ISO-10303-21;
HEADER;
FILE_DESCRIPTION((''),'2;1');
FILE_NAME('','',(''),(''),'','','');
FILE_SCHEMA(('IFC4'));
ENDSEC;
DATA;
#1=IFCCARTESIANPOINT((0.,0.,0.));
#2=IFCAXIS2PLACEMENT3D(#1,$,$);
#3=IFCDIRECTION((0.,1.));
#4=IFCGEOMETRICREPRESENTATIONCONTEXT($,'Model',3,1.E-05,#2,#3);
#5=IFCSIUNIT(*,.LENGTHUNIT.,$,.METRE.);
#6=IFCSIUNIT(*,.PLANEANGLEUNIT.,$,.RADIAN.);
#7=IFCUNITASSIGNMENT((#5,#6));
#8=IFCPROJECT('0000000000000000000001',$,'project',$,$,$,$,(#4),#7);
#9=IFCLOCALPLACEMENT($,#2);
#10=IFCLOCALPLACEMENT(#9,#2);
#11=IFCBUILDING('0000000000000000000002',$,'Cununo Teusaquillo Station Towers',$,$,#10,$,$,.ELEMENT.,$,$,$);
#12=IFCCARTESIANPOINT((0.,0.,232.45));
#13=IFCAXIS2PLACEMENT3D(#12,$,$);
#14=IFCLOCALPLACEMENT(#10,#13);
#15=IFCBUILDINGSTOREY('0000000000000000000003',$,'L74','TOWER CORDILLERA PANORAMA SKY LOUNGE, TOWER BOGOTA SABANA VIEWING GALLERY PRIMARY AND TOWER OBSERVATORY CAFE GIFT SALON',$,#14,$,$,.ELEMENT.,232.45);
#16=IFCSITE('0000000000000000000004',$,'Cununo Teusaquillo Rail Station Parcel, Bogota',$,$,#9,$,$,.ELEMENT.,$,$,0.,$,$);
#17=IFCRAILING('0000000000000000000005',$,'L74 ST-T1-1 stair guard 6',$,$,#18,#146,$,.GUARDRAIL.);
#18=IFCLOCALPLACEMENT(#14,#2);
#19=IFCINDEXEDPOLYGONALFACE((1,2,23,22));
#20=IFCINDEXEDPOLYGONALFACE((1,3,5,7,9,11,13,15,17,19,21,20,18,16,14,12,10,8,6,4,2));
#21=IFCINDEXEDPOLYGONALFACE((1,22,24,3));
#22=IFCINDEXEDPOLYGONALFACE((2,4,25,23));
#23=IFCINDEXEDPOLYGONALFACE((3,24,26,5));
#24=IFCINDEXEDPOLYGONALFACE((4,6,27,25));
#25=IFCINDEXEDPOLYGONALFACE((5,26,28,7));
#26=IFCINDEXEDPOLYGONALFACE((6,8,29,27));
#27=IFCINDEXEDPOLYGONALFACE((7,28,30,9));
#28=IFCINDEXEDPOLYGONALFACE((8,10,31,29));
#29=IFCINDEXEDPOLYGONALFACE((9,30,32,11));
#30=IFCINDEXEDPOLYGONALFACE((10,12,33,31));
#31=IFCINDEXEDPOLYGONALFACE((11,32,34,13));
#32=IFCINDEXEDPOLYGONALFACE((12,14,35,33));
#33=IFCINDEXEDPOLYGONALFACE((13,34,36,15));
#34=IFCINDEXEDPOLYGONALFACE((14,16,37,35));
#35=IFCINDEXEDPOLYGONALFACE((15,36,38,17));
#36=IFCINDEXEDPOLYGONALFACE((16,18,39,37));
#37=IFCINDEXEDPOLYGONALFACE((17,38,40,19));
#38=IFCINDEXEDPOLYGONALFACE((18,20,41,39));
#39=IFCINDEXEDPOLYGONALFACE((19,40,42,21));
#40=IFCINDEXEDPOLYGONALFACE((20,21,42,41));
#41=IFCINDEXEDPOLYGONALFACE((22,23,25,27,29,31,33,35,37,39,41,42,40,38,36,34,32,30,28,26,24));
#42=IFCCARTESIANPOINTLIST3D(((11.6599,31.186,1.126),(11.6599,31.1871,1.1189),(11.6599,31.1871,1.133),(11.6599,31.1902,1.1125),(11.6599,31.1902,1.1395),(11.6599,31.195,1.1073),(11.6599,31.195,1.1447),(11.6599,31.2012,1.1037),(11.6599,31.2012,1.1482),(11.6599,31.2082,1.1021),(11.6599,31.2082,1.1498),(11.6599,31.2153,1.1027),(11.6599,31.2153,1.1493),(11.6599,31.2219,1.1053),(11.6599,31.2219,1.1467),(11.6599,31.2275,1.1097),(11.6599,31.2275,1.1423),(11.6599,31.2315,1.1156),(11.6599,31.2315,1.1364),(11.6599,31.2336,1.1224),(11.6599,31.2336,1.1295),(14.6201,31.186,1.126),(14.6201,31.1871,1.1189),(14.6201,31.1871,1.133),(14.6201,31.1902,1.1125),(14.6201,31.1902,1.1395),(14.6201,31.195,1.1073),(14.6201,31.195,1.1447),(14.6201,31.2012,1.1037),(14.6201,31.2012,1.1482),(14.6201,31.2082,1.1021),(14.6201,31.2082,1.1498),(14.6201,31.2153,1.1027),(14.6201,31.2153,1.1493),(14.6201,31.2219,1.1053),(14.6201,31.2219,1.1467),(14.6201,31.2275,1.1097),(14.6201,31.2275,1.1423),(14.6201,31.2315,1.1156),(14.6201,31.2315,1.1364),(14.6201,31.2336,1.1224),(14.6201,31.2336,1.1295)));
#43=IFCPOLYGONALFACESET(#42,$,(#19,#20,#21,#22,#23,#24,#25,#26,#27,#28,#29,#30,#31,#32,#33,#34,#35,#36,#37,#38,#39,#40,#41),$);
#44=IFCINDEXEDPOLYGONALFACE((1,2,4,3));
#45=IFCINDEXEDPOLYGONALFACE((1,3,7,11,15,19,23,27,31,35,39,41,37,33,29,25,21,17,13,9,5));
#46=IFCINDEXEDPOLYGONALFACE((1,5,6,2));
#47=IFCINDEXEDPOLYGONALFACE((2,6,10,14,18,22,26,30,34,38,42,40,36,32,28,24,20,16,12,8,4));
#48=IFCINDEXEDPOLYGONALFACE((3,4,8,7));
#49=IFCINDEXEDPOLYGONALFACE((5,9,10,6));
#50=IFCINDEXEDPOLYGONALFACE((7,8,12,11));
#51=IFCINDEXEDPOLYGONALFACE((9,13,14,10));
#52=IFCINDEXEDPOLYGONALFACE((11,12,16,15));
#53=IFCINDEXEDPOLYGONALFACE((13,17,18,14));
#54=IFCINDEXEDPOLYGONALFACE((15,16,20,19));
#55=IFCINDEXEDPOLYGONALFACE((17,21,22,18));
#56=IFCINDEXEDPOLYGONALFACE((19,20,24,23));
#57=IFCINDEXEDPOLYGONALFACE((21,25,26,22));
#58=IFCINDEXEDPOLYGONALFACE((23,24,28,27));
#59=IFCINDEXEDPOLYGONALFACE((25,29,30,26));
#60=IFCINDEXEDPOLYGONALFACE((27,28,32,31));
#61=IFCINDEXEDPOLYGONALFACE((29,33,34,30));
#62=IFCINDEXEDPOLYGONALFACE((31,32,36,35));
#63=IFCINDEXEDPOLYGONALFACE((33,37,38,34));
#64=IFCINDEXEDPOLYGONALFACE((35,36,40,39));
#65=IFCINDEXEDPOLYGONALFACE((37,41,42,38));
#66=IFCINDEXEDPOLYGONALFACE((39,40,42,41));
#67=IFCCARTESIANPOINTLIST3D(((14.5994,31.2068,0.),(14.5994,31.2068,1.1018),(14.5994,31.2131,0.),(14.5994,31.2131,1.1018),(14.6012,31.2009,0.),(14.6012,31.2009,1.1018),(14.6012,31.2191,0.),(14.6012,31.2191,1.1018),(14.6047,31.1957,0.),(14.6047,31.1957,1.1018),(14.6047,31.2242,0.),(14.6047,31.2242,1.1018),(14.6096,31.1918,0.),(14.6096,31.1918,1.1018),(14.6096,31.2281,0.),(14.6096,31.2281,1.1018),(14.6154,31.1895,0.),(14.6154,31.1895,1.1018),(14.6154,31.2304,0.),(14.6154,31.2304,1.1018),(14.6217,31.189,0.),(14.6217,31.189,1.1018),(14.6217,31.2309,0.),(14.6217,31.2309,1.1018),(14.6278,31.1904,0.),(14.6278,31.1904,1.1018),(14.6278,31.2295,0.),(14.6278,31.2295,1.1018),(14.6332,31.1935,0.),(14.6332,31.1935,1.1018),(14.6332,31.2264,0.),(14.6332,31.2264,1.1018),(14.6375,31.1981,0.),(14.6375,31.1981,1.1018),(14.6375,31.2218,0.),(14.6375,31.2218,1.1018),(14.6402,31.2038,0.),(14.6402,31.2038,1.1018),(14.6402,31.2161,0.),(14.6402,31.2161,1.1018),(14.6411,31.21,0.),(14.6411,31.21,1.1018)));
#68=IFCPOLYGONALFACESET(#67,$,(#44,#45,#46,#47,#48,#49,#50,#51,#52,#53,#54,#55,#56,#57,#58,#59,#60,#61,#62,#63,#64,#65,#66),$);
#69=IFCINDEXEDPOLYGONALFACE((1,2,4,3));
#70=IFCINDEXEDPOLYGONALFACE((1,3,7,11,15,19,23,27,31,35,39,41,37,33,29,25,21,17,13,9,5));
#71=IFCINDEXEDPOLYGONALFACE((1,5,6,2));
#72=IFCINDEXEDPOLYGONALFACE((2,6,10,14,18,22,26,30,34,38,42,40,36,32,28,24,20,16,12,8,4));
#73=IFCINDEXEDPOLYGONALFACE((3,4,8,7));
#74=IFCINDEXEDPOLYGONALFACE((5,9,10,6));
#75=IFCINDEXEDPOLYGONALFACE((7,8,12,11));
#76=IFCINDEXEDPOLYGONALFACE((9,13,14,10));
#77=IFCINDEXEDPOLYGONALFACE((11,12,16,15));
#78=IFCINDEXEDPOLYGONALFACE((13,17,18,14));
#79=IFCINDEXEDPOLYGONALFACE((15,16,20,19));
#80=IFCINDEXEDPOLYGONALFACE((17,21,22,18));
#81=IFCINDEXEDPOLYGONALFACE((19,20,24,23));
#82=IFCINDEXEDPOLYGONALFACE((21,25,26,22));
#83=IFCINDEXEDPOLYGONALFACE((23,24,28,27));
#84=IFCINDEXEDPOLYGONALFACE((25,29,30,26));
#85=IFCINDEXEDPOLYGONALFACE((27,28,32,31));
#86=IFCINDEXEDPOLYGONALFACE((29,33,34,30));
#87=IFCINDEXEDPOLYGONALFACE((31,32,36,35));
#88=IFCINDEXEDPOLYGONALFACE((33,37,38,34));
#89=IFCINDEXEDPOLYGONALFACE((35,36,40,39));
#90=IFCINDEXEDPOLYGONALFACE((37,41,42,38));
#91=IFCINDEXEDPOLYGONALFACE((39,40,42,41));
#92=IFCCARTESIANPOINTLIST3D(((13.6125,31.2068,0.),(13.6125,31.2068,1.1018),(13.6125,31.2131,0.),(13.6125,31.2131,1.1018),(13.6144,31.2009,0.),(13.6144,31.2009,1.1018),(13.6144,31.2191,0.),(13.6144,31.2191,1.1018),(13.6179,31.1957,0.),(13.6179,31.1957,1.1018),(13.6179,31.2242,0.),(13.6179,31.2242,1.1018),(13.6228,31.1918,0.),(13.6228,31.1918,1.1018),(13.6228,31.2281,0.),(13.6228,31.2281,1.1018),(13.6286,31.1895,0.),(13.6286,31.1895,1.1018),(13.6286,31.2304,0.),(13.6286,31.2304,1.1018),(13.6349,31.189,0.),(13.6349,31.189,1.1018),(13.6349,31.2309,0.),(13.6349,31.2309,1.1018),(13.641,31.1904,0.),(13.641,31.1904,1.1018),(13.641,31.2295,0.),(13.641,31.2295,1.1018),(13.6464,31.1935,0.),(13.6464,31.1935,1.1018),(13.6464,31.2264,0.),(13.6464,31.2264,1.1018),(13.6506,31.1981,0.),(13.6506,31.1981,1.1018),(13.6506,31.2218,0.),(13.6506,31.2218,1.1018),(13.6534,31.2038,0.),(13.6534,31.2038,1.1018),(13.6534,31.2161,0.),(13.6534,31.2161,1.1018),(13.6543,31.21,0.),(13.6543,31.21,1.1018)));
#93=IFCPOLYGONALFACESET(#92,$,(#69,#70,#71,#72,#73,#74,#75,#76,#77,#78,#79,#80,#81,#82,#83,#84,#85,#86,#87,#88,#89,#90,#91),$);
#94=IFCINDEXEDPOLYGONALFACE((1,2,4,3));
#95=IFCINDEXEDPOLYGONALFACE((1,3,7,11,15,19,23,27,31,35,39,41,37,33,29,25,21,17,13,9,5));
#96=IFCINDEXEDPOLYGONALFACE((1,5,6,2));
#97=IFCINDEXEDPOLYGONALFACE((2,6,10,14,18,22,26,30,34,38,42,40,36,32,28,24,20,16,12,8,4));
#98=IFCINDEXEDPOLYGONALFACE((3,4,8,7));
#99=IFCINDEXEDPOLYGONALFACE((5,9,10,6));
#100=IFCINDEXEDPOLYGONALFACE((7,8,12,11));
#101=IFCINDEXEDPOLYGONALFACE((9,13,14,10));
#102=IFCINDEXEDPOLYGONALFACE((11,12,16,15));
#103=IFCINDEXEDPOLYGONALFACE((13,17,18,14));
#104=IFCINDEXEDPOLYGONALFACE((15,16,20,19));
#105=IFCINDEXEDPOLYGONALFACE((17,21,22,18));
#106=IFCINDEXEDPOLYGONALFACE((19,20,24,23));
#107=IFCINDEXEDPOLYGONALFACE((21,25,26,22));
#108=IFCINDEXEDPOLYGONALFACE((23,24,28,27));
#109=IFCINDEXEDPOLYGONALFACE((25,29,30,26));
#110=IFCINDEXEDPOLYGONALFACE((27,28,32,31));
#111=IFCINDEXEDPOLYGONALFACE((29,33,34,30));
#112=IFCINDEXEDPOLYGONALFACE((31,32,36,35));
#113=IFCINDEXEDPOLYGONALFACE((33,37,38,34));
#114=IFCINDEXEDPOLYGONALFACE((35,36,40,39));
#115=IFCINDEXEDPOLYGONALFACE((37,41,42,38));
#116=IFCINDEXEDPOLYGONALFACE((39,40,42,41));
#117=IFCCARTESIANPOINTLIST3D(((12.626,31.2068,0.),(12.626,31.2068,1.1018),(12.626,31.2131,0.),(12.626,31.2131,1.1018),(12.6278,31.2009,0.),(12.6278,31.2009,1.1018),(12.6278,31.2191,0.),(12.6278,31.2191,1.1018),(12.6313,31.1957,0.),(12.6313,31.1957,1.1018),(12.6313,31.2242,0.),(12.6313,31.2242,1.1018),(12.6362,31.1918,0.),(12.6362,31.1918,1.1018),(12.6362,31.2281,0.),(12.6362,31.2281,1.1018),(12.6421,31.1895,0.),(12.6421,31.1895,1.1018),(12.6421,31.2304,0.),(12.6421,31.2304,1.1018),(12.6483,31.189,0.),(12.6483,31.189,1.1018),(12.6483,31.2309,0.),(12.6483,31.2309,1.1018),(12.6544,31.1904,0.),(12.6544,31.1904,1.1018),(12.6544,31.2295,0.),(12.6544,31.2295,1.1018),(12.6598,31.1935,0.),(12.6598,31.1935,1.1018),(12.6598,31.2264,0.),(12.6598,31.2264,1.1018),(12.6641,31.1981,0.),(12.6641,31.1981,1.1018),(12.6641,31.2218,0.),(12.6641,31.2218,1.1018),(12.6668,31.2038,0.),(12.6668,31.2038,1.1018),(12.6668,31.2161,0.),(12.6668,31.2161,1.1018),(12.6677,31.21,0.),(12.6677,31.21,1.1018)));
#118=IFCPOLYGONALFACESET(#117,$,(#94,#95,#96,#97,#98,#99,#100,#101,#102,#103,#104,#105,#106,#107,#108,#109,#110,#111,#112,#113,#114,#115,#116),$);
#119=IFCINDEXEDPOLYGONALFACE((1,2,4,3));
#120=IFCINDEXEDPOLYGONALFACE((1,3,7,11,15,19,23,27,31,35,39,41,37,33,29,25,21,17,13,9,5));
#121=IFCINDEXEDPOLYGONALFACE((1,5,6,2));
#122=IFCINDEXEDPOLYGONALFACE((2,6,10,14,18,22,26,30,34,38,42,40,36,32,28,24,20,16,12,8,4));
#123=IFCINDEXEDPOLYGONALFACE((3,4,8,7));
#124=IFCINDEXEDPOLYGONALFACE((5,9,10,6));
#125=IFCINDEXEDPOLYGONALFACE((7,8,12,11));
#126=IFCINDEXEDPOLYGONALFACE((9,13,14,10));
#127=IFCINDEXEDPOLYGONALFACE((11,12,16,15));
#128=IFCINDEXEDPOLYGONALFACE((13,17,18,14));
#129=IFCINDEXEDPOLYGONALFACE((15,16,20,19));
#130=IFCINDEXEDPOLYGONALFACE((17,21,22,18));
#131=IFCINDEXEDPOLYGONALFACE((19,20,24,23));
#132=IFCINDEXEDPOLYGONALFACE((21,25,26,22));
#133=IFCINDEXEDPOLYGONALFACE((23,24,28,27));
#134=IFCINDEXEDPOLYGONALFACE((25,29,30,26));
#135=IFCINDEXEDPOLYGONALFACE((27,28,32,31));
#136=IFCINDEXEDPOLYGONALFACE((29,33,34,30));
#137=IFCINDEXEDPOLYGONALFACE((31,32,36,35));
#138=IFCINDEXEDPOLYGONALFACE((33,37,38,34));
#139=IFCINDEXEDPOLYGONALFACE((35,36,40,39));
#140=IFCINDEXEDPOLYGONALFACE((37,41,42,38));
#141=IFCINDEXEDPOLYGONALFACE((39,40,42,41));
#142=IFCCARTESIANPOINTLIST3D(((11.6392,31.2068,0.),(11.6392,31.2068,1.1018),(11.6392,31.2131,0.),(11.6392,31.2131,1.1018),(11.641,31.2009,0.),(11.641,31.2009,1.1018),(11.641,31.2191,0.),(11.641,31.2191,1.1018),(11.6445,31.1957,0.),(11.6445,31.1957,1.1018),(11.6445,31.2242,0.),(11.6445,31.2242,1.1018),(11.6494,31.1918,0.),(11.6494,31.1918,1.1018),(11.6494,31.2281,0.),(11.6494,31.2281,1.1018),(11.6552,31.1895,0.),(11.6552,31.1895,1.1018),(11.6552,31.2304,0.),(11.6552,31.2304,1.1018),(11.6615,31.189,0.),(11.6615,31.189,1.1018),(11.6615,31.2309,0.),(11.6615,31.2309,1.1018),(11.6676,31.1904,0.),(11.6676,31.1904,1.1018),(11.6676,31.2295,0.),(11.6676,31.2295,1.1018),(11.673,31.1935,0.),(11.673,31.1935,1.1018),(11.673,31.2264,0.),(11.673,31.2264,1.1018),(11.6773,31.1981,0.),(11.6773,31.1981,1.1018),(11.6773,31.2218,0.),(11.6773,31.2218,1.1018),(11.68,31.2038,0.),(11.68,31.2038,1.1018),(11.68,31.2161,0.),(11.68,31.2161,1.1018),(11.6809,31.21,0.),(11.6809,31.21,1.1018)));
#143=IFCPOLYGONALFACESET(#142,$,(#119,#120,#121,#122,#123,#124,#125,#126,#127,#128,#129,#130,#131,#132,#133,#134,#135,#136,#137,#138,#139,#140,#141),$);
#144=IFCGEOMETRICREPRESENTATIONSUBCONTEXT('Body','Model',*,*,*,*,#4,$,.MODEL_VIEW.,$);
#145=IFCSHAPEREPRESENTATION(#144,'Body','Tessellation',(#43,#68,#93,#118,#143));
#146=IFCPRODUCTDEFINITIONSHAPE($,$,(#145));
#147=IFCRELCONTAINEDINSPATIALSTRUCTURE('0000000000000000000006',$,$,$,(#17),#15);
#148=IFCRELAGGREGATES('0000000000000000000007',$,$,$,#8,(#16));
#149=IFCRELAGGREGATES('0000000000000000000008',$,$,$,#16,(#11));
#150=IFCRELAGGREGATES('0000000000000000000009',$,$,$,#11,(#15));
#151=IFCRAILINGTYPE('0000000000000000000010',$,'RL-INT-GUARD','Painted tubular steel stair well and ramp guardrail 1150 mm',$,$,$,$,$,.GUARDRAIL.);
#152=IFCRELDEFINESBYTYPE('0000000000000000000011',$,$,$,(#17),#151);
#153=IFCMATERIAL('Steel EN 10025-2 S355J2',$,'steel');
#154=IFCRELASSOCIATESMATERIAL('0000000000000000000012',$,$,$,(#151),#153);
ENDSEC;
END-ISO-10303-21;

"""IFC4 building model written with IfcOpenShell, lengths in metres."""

from ifc_helpers import new_model, si_unit, direction, frame, origin, origin_2d, place, context, subcontext, project, spatial, circle, extrude, material, type_object, element, save


model = new_model("IFC4")

# Units and contexts
model_context = context("Model", 3, precision=1e-05, world=origin(), true_north=direction((0.0, 1.0)))
body_context = subcontext(model_context, "Body", "Model", "MODEL_VIEW")
ifc_project = project(units=[si_unit("LENGTHUNIT", "METRE"), si_unit("PLANEANGLEUNIT", "RADIAN")], contexts=[model_context])

# Site, building, storey
site_placement = place(None, origin())
site = spatial("IfcSite", under=ifc_project, at=site_placement, Name="Cununo Teusaquillo Rail Station Parcel, Bogota", CompositionType="ELEMENT", RefElevation=0.0)
building_placement = place(site_placement, origin())
building = spatial("IfcBuilding", under=site, at=building_placement, Name="Cununo Teusaquillo Station Towers", CompositionType="ELEMENT")
storey_placement = place(building_placement, frame((0.0, 0.0, 232.45)))
storey = spatial("IfcBuildingStorey", under=building, at=storey_placement, Name="L74", Description="TOWER CORDILLERA PANORAMA SKY LOUNGE, TOWER BOGOTA SABANA VIEWING GALLERY PRIMARY AND TOWER OBSERVATORY CAFE GIFT SALON", CompositionType="ELEMENT", Elevation=232.45)

# Railing
ifc_material_1 = material(Name="Steel EN 10025-2 S355J2", Category="steel")
railing_type_1 = type_object("IfcRailingType", Name="RL-INT-GUARD", Description="Painted tubular steel stair well and ramp guardrail 1150 mm", PredefinedType="GUARDRAIL", material=ifc_material_1)
railing_1_placement = place(storey_placement, frame((14.6201, 31.21, 0.0)))
element("IfcRailing", 1, at=railing_1_placement, inside=storey, type_object=railing_type_1, Name="L74 ST-T1-1 stair guard 6", PredefinedType="GUARDRAIL", context=body_context, shape_type="SweptSolid", body=[
    extrude(circle(Radius=0.0239, at=origin_2d()), frame((0.0, 0.0, 1.126), z_axis=(-1.0, 0.0, 0.0), x_axis=(0.0, -1.0, 0.0)), (0.0, 0.0, 1.0), 2.9602),
    extrude(circle(Radius=0.021, at=origin_2d()), origin(), (0.0, 0.0, 1.0), 1.1018),
    extrude(circle(Radius=0.021, at=origin_2d()), frame((-0.9868, 0.0, 0.0)), (0.0, 0.0, 1.0), 1.1018),
    extrude(circle(Radius=0.021, at=origin_2d()), frame((-1.9734, 0.0, 0.0)), (0.0, 0.0, 1.0), 1.1018),
    extrude(circle(Radius=0.021, at=origin_2d()), frame((-2.9602, 0.0, 0.0)), (0.0, 0.0, 1.0), 1.1018),
])

save(model, "model.ifc")
